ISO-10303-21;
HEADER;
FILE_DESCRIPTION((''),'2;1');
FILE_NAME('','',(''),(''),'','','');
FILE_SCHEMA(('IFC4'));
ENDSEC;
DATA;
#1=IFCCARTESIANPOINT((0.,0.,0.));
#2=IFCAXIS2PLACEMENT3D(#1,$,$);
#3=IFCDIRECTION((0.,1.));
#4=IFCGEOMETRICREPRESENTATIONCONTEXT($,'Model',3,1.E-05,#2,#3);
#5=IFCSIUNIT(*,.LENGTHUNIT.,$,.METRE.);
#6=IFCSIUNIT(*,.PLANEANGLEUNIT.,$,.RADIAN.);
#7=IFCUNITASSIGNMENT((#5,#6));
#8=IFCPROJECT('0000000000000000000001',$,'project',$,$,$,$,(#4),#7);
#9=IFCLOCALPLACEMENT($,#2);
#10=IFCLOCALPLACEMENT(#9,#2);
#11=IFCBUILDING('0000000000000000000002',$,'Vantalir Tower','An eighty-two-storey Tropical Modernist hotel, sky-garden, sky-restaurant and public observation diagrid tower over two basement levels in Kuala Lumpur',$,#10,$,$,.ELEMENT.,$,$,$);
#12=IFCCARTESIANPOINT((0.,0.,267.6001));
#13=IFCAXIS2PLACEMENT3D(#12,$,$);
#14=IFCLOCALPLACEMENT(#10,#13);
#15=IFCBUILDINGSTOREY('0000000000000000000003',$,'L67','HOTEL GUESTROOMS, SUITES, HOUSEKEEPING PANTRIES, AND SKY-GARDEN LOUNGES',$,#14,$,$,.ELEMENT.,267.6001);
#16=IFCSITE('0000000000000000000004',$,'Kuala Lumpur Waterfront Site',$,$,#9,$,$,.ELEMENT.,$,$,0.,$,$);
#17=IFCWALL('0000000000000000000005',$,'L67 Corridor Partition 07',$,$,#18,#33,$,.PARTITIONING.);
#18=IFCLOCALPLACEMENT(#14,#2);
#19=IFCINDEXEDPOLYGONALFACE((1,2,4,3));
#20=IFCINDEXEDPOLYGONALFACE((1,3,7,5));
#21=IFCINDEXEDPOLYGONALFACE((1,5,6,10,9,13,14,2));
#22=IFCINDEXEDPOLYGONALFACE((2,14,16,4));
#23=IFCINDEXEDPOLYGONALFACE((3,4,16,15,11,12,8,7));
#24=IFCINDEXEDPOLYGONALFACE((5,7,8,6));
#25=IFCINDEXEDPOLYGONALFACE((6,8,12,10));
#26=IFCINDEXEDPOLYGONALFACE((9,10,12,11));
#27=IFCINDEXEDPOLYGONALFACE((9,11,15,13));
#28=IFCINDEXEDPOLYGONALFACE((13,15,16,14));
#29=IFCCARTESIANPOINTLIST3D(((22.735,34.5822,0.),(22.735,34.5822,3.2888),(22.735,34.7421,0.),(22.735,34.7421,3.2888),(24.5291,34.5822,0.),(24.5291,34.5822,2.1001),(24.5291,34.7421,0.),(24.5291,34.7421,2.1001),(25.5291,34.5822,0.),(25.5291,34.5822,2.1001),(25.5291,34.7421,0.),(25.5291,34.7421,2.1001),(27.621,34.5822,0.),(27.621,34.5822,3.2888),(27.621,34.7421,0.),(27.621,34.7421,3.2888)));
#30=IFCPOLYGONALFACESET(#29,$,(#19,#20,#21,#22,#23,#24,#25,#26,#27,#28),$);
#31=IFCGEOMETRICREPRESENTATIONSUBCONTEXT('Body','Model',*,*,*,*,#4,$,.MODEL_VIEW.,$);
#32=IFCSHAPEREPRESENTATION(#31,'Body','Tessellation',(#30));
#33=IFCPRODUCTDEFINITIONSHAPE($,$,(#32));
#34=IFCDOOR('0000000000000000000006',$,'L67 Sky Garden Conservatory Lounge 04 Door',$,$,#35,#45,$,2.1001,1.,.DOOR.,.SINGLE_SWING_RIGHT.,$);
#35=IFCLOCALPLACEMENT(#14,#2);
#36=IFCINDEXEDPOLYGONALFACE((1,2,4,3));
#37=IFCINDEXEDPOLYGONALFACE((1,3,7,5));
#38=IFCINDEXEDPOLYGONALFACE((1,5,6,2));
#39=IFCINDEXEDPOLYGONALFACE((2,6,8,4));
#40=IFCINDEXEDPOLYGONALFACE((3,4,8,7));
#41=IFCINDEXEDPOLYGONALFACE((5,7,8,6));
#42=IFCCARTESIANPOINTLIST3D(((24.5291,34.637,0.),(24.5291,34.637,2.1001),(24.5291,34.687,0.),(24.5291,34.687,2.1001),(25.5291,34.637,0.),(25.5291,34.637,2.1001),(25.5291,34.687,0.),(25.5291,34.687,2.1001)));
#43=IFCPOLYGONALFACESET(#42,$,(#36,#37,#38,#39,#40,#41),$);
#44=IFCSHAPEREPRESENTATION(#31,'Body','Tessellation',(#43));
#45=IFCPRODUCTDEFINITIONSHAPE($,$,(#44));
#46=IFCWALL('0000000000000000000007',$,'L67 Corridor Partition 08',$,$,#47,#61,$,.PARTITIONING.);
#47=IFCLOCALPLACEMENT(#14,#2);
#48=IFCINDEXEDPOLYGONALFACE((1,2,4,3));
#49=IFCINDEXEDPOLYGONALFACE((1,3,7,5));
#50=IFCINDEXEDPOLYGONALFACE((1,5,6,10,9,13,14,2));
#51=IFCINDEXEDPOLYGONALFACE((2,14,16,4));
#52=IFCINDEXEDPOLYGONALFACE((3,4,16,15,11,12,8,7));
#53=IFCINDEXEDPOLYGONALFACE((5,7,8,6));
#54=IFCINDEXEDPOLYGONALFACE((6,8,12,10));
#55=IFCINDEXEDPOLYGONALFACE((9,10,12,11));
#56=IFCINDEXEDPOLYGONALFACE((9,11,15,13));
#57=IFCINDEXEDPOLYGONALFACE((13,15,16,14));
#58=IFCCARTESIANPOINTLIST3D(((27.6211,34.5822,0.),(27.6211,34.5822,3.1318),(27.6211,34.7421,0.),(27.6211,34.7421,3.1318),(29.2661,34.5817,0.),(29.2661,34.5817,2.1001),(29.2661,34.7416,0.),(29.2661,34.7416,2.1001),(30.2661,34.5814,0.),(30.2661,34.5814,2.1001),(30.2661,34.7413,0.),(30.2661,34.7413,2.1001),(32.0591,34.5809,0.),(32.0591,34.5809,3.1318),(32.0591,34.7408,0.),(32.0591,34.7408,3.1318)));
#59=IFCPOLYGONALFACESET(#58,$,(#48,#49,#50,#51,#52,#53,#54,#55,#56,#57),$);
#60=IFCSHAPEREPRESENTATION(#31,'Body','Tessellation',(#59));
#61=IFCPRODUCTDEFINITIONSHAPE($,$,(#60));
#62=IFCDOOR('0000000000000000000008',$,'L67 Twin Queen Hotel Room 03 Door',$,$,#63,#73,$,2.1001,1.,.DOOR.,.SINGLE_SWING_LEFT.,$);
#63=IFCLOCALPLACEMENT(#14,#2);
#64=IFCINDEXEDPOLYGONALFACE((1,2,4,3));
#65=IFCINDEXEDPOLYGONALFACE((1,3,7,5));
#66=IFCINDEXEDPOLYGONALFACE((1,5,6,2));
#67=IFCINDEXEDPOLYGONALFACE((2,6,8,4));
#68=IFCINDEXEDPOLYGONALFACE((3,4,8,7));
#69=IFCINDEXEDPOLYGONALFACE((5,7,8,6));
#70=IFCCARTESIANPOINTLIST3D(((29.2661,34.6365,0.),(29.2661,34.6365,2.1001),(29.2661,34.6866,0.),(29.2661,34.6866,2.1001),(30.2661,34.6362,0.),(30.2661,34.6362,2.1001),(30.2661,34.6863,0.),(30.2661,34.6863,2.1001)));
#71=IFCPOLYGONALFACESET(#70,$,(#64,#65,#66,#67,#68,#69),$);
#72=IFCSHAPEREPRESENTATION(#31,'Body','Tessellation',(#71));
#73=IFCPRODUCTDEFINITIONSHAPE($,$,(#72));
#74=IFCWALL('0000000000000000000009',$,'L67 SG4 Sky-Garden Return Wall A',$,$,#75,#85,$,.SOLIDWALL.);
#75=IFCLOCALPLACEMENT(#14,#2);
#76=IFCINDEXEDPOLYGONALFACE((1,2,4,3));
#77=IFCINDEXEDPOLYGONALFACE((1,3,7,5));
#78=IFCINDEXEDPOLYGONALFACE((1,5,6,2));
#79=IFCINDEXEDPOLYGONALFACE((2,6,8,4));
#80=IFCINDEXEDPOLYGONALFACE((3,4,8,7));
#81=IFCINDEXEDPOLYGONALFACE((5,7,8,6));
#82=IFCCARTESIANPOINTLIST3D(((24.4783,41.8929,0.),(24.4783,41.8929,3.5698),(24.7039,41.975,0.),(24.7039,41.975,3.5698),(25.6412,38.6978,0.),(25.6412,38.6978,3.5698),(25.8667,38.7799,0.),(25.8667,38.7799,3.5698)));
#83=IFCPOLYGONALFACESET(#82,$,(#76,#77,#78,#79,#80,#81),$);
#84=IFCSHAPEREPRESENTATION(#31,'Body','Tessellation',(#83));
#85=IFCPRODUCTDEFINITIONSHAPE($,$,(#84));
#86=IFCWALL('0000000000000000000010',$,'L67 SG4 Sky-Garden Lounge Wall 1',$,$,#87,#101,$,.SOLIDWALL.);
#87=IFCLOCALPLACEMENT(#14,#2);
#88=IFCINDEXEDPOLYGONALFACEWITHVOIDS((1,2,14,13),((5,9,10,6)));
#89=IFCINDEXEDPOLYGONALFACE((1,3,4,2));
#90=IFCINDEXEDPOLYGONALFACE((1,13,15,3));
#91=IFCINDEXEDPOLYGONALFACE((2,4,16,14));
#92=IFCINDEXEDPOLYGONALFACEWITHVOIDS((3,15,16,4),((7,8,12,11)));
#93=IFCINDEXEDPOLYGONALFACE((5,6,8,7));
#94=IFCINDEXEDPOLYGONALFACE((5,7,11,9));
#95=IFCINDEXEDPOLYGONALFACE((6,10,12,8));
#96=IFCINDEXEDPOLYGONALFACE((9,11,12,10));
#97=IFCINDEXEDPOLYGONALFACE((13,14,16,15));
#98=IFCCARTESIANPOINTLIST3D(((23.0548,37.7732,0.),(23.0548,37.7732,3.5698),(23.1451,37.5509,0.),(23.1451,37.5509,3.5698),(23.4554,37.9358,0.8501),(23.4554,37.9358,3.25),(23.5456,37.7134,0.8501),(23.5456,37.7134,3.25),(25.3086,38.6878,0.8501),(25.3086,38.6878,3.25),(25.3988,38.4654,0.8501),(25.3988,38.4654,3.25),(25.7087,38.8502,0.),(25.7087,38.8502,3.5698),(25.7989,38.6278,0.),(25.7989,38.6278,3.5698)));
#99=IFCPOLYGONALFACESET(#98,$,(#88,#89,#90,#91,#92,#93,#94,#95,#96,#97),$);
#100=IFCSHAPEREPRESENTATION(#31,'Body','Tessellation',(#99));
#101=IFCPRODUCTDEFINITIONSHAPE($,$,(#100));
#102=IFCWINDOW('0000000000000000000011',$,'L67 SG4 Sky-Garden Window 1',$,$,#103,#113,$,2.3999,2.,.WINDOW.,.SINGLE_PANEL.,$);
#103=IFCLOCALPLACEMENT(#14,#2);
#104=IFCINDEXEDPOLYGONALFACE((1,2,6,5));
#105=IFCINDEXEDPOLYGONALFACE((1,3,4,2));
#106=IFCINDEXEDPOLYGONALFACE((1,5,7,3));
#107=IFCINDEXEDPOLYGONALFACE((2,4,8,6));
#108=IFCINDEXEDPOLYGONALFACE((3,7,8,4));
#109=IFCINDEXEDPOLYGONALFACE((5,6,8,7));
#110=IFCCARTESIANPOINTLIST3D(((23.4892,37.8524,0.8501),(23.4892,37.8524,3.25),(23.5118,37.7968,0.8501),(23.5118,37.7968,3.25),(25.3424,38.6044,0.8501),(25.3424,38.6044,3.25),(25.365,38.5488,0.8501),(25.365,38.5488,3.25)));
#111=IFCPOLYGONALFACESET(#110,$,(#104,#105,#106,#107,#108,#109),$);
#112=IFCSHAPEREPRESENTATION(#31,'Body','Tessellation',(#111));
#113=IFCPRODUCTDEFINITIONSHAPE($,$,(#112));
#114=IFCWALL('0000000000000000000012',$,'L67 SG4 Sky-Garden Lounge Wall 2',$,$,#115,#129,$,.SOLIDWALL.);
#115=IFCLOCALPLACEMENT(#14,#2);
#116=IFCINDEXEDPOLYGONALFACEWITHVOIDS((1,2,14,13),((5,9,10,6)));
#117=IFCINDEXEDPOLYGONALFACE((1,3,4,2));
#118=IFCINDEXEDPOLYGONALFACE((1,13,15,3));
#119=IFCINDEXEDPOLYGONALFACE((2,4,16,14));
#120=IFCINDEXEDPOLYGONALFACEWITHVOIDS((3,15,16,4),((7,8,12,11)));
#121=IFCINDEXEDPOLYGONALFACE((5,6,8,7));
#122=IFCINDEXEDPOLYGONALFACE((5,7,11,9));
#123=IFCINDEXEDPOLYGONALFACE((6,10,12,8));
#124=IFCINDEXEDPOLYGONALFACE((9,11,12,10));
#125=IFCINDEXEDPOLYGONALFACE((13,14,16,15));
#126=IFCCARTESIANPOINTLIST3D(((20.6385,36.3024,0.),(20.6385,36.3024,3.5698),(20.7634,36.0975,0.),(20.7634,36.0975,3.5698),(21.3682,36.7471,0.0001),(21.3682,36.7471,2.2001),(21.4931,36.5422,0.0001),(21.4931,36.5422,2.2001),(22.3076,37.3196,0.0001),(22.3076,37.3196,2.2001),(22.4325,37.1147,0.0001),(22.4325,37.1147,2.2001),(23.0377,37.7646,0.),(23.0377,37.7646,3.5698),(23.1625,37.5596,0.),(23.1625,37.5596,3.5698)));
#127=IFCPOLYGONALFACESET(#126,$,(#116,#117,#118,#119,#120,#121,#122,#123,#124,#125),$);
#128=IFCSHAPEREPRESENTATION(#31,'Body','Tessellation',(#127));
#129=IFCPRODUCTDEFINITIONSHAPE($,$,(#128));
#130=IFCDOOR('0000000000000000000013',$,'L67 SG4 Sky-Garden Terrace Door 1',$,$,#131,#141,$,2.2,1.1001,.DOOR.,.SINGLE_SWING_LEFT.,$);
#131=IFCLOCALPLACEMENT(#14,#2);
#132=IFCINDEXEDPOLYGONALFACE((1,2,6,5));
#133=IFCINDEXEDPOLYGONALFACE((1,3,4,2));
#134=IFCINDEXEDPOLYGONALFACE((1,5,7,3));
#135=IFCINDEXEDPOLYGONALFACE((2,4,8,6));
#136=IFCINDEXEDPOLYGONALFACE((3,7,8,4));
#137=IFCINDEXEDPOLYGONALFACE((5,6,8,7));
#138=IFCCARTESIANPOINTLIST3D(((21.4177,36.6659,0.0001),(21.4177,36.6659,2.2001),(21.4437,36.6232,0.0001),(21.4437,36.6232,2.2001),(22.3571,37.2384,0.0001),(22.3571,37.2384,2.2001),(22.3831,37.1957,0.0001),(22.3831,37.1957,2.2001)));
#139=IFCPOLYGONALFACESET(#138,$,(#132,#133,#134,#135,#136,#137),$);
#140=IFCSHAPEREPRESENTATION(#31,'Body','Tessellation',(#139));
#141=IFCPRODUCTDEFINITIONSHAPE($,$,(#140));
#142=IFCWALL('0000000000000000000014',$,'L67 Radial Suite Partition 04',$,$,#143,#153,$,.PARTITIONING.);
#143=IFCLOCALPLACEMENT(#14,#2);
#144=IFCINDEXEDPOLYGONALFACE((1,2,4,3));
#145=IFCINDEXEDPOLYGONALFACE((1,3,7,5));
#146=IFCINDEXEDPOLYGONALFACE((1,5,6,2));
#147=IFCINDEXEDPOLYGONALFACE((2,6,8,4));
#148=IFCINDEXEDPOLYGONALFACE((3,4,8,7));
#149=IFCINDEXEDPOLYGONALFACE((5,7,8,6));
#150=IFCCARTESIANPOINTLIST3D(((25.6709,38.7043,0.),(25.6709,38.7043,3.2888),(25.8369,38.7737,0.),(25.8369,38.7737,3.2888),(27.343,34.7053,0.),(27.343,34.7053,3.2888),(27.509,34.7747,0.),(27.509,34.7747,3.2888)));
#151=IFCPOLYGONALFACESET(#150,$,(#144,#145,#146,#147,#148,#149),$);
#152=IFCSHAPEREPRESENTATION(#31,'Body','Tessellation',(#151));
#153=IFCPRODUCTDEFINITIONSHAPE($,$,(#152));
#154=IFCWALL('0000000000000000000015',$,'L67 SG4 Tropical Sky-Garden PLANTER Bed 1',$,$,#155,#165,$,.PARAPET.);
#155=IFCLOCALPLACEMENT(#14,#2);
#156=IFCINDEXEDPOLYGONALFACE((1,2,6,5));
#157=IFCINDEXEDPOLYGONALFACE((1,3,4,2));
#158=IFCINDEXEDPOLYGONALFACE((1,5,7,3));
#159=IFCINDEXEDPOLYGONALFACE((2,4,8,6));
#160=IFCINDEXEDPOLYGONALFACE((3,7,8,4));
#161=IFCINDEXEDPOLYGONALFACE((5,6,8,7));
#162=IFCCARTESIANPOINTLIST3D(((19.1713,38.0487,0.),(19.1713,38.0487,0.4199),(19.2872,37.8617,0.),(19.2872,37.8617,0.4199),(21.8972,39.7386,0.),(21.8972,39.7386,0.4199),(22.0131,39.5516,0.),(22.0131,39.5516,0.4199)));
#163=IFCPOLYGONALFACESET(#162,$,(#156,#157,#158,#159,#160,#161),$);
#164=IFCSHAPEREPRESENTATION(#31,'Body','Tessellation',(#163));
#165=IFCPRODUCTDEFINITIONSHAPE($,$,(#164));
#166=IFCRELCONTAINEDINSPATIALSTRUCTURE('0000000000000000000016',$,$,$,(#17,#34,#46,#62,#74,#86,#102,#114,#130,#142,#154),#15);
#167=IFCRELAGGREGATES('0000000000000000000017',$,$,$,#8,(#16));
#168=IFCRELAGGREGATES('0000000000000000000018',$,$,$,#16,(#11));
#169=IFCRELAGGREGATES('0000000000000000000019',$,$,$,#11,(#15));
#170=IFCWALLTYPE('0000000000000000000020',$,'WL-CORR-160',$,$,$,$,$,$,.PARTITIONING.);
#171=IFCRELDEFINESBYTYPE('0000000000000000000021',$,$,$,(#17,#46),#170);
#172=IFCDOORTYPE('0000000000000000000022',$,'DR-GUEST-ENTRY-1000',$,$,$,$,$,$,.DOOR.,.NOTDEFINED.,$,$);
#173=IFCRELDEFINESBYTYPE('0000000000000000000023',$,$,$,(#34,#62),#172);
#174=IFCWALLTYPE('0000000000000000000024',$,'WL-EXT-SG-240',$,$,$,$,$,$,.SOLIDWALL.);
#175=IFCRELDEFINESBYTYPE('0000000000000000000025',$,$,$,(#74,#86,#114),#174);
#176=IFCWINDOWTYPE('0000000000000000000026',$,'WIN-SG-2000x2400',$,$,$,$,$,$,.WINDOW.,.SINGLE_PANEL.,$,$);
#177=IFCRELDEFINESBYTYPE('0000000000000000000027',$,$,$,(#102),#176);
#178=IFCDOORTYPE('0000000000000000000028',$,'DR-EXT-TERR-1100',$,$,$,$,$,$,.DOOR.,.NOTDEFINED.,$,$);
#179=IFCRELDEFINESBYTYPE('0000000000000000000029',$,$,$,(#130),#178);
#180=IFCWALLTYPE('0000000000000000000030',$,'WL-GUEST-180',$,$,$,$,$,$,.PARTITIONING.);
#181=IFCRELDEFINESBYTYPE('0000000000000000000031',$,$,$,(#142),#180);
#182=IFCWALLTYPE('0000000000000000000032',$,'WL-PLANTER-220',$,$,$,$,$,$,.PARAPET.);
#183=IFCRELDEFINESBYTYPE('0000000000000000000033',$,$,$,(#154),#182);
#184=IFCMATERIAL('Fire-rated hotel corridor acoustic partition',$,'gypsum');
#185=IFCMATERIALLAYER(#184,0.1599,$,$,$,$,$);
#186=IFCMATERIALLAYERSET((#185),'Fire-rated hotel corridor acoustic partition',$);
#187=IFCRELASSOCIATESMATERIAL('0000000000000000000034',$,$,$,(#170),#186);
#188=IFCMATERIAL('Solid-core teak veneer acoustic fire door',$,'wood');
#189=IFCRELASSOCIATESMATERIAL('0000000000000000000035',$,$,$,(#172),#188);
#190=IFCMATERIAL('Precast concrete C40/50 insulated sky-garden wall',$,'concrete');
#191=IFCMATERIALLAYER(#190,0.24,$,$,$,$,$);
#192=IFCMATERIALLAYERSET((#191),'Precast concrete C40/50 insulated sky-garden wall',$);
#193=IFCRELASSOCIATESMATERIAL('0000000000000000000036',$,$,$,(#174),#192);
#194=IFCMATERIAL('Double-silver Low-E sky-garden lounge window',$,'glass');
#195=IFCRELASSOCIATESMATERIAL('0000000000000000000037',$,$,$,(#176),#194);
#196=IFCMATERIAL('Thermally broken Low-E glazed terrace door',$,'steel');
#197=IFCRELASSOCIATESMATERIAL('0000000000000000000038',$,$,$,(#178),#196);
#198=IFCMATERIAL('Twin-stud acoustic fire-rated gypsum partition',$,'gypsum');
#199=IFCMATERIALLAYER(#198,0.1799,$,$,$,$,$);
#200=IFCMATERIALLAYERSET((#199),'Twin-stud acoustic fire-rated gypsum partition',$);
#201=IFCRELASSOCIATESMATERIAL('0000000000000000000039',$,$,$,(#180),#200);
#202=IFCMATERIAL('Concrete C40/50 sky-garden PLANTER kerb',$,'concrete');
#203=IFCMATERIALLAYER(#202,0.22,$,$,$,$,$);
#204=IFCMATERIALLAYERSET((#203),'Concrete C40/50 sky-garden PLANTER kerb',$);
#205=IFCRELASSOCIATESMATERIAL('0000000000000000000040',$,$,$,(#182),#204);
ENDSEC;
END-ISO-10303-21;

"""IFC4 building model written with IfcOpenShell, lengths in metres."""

from ifc_helpers import new_model, si_unit, direction, frame, frame_2d, origin, place, context, subcontext, project, spatial, rectangle, extrude, material, layer, layer_set, type_object, element, fill, save


model = new_model("IFC4")

# Units and contexts
model_context = context("Model", 3, precision=1e-05, world=origin(), true_north=direction((0.0, 1.0)))
body_context = subcontext(model_context, "Body", "Model", "MODEL_VIEW")
ifc_project = project(units=[si_unit("LENGTHUNIT", "METRE"), si_unit("PLANEANGLEUNIT", "RADIAN")], contexts=[model_context])

# Site, building, storey
site_placement = place(None, origin())
site = spatial("IfcSite", under=ifc_project, at=site_placement, Name="Kuala Lumpur Waterfront Site", CompositionType="ELEMENT", RefElevation=0.0)
building_placement = place(site_placement, origin())
building = spatial("IfcBuilding", under=site, at=building_placement, Name="Vantalir Tower", Description="An eighty-two-storey Tropical Modernist hotel, sky-garden, sky-restaurant and public observation diagrid tower over two basement levels in Kuala Lumpur", CompositionType="ELEMENT")
storey_placement = place(building_placement, frame((0.0, 0.0, 267.6001)))
storey = spatial("IfcBuildingStorey", under=building, at=storey_placement, Name="L67", Description="HOTEL GUESTROOMS, SUITES, HOUSEKEEPING PANTRIES, AND SKY-GARDEN LOUNGES", CompositionType="ELEMENT", Elevation=267.6001)

# Shared definitions
ifc_material_1 = material(Name="Fire-rated hotel corridor acoustic partition", Category="gypsum")
ifc_layer_1 = layer(ifc_material_1, 0.1599)
ifc_layer_set_1 = layer_set([ifc_layer_1], Name="Fire-rated hotel corridor acoustic partition")
wall_type_1 = type_object("IfcWallType", Name="WL-CORR-160", PredefinedType="PARTITIONING", material=ifc_layer_set_1)

# Walls, openings, doors
wall_1_placement = place(storey_placement, frame((22.7351, 34.6621, 0.0), z_axis=(0.0, 0.0, 1.0), x_axis=(1.0, 0.0, 0.0)))
wall_1 = element("IfcWall", 1, at=wall_1_placement, inside=storey, type_object=wall_type_1, Name="L67 Corridor Partition 07", PredefinedType="PARTITIONING", context=body_context, shape_type="SweptSolid", body=[
    extrude(rectangle(XDim=4.886, YDim=0.1599, at=frame_2d((2.4429, 0.0))), origin(), (0.0, 0.0, 1.0), 3.2888),
])
opening_1_placement = place(wall_1_placement, frame((1.7939, 0.0, 0.0)))
opening_1 = element("IfcOpeningElement", 2, at=opening_1_placement, cuts=wall_1, PredefinedType="OPENING", context=body_context, shape_type="SweptSolid", body=[
    extrude(rectangle(XDim=1.0, YDim=2.1001, at=frame_2d((0.5, 1.05))), frame((0.0, 0.0898, 0.0), z_axis=(0.0, -1.0, 0.0), x_axis=(1.0, 0.0, 0.0)), (0.0, 0.0, 1.0), 0.1799),
])
ifc_material_2 = material(Name="Solid-core teak veneer acoustic fire door", Category="wood")
door_type_1 = type_object("IfcDoorType", Name="DR-GUEST-ENTRY-1000", OperationType="NOTDEFINED", PredefinedType="DOOR", material=ifc_material_2)
door_1_placement = place(opening_1_placement, origin())
door_1 = element("IfcDoor", 3, at=door_1_placement, inside=storey, type_object=door_type_1, Name="L67 Sky Garden Conservatory Lounge 04 Door", OperationType="SINGLE_SWING_RIGHT", OverallHeight=2.1001, OverallWidth=1.0, PredefinedType="DOOR", context=body_context, shape_type="SweptSolid", body=[
    extrude(rectangle(XDim=1.0, YDim=2.1001, at=frame_2d((0.5, 1.05))), frame((0.0, 0.0249, 0.0), z_axis=(0.0, -1.0, 0.0), x_axis=(1.0, 0.0, 0.0)), (0.0, 0.0, 1.0), 0.05),
])
fill(opening_1, door_1)
wall_2_placement = place(storey_placement, frame((27.6211, 34.6621, 0.0), z_axis=(0.0, 0.0, 1.0), x_axis=(1.0, -0.000275, 0.0)))
wall_2 = element("IfcWall", 4, at=wall_2_placement, inside=storey, type_object=wall_type_1, Name="L67 Corridor Partition 08", PredefinedType="PARTITIONING", context=body_context, shape_type="SweptSolid", body=[
    extrude(rectangle(XDim=4.438, YDim=0.1599, at=frame_2d((2.219, 0.0))), origin(), (0.0, 0.0, 1.0), 3.1318),
])
opening_2_placement = place(wall_2_placement, frame((1.645, 0.0, 0.0)))
opening_2 = element("IfcOpeningElement", 5, at=opening_2_placement, cuts=wall_2, PredefinedType="OPENING", context=body_context, shape_type="SweptSolid", body=[
    extrude(rectangle(XDim=1.0, YDim=2.1001, at=frame_2d((0.5, 1.05))), frame((0.0, 0.0898, 0.0), z_axis=(0.0, -1.0, 0.0), x_axis=(1.0, 0.0, 0.0)), (0.0, 0.0, 1.0), 0.1799),
])
door_2_placement = place(opening_2_placement, origin())
door_2 = element("IfcDoor", 6, at=door_2_placement, inside=storey, type_object=door_type_1, Name="L67 Twin Queen Hotel Room 03 Door", OperationType="SINGLE_SWING_LEFT", OverallHeight=2.1001, OverallWidth=1.0, PredefinedType="DOOR", context=body_context, shape_type="SweptSolid", body=[
    extrude(rectangle(XDim=1.0, YDim=2.1001, at=frame_2d((0.5, 1.05))), frame((0.0, 0.0249, 0.0), z_axis=(0.0, -1.0, 0.0), x_axis=(1.0, 0.0, 0.0)), (0.0, 0.0, 1.0), 0.05),
])
fill(opening_2, door_2)

# Wall
ifc_material_3 = material(Name="Precast concrete C40/50 insulated sky-garden wall", Category="concrete")
ifc_layer_2 = layer(ifc_material_3, 0.24)
ifc_layer_set_2 = layer_set([ifc_layer_2], Name="Precast concrete C40/50 insulated sky-garden wall")
wall_type_2 = type_object("IfcWallType", Name="WL-EXT-SG-240", PredefinedType="SOLIDWALL", material=ifc_layer_set_2)
wall_3_placement = place(storey_placement, frame((24.5911, 41.9341, 0.0), z_axis=(0.0, 0.0, 1.0), x_axis=(0.342002, -0.939699, 0.0)))
element("IfcWall", 7, at=wall_3_placement, inside=storey, type_object=wall_type_2, Name="L67 SG4 Sky-Garden Return Wall A", PredefinedType="SOLIDWALL", context=body_context, shape_type="SweptSolid", body=[
    extrude(rectangle(XDim=3.4001, YDim=0.24, at=frame_2d((1.7002, 0.0))), origin(), (0.0, 0.0, 1.0), 3.5698),
])

# Wall, opening, window
wall_4_placement = place(storey_placement, frame((25.7539, 38.739, 0.0), z_axis=(0.0, 0.0, 1.0), x_axis=(-0.926613, -0.376016, 0.0)))
wall_4 = element("IfcWall", 8, at=wall_4_placement, inside=storey, type_object=wall_type_2, Name="L67 SG4 Sky-Garden Lounge Wall 1", PredefinedType="SOLIDWALL", context=body_context, shape_type="SweptSolid", body=[
    extrude(rectangle(XDim=2.864, YDim=0.24, at=frame_2d((1.4321, 0.0))), origin(), (0.0, 0.0, 1.0), 3.5698),
])
opening_3_placement = place(wall_4_placement, frame((0.4319, 0.0, 0.8501)))
opening_3 = element("IfcOpeningElement", 9, at=opening_3_placement, cuts=wall_4, PredefinedType="OPENING", context=body_context, shape_type="SweptSolid", body=[
    extrude(rectangle(XDim=2.0, YDim=2.3999, at=frame_2d((1.0, 1.2))), frame((0.0, 0.1299, 0.0), z_axis=(0.0, -1.0, 0.0), x_axis=(1.0, 0.0, 0.0)), (0.0, 0.0, 1.0), 0.26),
])
ifc_material_4 = material(Name="Double-silver Low-E sky-garden lounge window", Category="glass")
window_type = type_object("IfcWindowType", Name="WIN-SG-2000x2400", PartitioningType="SINGLE_PANEL", PredefinedType="WINDOW", material=ifc_material_4)
window_placement = place(opening_3_placement, origin())
window = element("IfcWindow", 10, at=window_placement, inside=storey, type_object=window_type, Name="L67 SG4 Sky-Garden Window 1", OverallHeight=2.3999, OverallWidth=2.0, PartitioningType="SINGLE_PANEL", PredefinedType="WINDOW", context=body_context, shape_type="SweptSolid", body=[
    extrude(rectangle(XDim=2.0, YDim=2.3999, at=frame_2d((1.0, 1.2))), frame((0.0, 0.03, 0.0), z_axis=(0.0, -1.0, 0.0), x_axis=(1.0, 0.0, 0.0)), (0.0, 0.0, 1.0), 0.0601),
])
fill(opening_3, window)

# Wall, opening, door
wall_5_placement = place(storey_placement, frame((23.1001, 37.6621, 0.0), z_axis=(0.0, 0.0, 1.0), x_axis=(-0.853915, -0.520413, 0.0)))
wall_5 = element("IfcWall", 11, at=wall_5_placement, inside=storey, type_object=wall_type_2, Name="L67 SG4 Sky-Garden Lounge Wall 2", PredefinedType="SOLIDWALL", context=body_context, shape_type="SweptSolid", body=[
    extrude(rectangle(XDim=2.8096, YDim=0.24, at=frame_2d((1.4048, 0.0))), origin(), (0.0, 0.0, 1.0), 3.5698),
])
opening_4_placement = place(wall_5_placement, frame((0.855, 0.0, 0.0)))
opening_4 = element("IfcOpeningElement", 12, at=opening_4_placement, cuts=wall_5, PredefinedType="OPENING", context=body_context, shape_type="SweptSolid", body=[
    extrude(rectangle(XDim=1.1001, YDim=2.2, at=frame_2d((0.55, 1.1001))), frame((0.0, 0.1299, 0.0), z_axis=(0.0, -1.0, 0.0), x_axis=(1.0, 0.0, 0.0)), (0.0, 0.0, 1.0), 0.26),
])
ifc_material_5 = material(Name="Thermally broken Low-E glazed terrace door", Category="steel")
door_type_2 = type_object("IfcDoorType", Name="DR-EXT-TERR-1100", OperationType="NOTDEFINED", PredefinedType="DOOR", material=ifc_material_5)
door_3_placement = place(opening_4_placement, frame((1.1001, 0.0, 0.0), z_axis=(0.0, 0.0, 1.0), x_axis=(-1.0, 0.0, 0.0)))
door_3 = element("IfcDoor", 13, at=door_3_placement, inside=storey, type_object=door_type_2, Name="L67 SG4 Sky-Garden Terrace Door 1", OperationType="SINGLE_SWING_LEFT", OverallHeight=2.2, OverallWidth=1.1001, PredefinedType="DOOR", context=body_context, shape_type="SweptSolid", body=[
    extrude(rectangle(XDim=1.1001, YDim=2.2, at=frame_2d((0.55, 1.1001))), frame((0.0, 0.0249, 0.0), z_axis=(0.0, -1.0, 0.0), x_axis=(1.0, 0.0, 0.0)), (0.0, 0.0, 1.0), 0.05),
])
fill(opening_4, door_3)

# Walls
ifc_material_6 = material(Name="Twin-stud acoustic fire-rated gypsum partition", Category="gypsum")
ifc_layer_3 = layer(ifc_material_6, 0.1799)
ifc_layer_set_3 = layer_set([ifc_layer_3], Name="Twin-stud acoustic fire-rated gypsum partition")
wall_type_3 = type_object("IfcWallType", Name="WL-GUEST-180", PredefinedType="PARTITIONING", material=ifc_layer_set_3)
wall_6_placement = place(storey_placement, frame((27.426, 34.74, 0.0), z_axis=(0.0, 0.0, 1.0), x_axis=(-0.385767, 0.922596, 0.0)))
element("IfcWall", 14, at=wall_6_placement, inside=storey, type_object=wall_type_3, Name="L67 Radial Suite Partition 04", PredefinedType="PARTITIONING", context=body_context, shape_type="SweptSolid", body=[
    extrude(rectangle(XDim=4.3345, YDim=0.1799, at=frame_2d((2.1672, 0.0))), origin(), (0.0, 0.0, 1.0), 3.2888),
])
ifc_material_7 = material(Name="Concrete C40/50 sky-garden PLANTER kerb", Category="concrete")
ifc_layer_4 = layer(ifc_material_7, 0.22)
ifc_layer_set_4 = layer_set([ifc_layer_4], Name="Concrete C40/50 sky-garden PLANTER kerb")
wall_type_4 = type_object("IfcWallType", Name="WL-PLANTER-220", PredefinedType="PARAPET", material=ifc_layer_set_4)
wall_7_placement = place(storey_placement, frame((21.9551, 39.645, 0.0), z_axis=(0.0, 0.0, 1.0), x_axis=(-0.849934, -0.526889, 0.0)))
element("IfcWall", 15, at=wall_7_placement, inside=storey, type_object=wall_type_4, Name="L67 SG4 Tropical Sky-Garden PLANTER Bed 1", PredefinedType="PARAPET", context=body_context, shape_type="SweptSolid", body=[
    extrude(rectangle(XDim=3.2073, YDim=0.22, at=frame_2d((1.6035, 0.0))), origin(), (0.0, 0.0, 1.0), 0.4199),
])

save(model, "model.ifc")
